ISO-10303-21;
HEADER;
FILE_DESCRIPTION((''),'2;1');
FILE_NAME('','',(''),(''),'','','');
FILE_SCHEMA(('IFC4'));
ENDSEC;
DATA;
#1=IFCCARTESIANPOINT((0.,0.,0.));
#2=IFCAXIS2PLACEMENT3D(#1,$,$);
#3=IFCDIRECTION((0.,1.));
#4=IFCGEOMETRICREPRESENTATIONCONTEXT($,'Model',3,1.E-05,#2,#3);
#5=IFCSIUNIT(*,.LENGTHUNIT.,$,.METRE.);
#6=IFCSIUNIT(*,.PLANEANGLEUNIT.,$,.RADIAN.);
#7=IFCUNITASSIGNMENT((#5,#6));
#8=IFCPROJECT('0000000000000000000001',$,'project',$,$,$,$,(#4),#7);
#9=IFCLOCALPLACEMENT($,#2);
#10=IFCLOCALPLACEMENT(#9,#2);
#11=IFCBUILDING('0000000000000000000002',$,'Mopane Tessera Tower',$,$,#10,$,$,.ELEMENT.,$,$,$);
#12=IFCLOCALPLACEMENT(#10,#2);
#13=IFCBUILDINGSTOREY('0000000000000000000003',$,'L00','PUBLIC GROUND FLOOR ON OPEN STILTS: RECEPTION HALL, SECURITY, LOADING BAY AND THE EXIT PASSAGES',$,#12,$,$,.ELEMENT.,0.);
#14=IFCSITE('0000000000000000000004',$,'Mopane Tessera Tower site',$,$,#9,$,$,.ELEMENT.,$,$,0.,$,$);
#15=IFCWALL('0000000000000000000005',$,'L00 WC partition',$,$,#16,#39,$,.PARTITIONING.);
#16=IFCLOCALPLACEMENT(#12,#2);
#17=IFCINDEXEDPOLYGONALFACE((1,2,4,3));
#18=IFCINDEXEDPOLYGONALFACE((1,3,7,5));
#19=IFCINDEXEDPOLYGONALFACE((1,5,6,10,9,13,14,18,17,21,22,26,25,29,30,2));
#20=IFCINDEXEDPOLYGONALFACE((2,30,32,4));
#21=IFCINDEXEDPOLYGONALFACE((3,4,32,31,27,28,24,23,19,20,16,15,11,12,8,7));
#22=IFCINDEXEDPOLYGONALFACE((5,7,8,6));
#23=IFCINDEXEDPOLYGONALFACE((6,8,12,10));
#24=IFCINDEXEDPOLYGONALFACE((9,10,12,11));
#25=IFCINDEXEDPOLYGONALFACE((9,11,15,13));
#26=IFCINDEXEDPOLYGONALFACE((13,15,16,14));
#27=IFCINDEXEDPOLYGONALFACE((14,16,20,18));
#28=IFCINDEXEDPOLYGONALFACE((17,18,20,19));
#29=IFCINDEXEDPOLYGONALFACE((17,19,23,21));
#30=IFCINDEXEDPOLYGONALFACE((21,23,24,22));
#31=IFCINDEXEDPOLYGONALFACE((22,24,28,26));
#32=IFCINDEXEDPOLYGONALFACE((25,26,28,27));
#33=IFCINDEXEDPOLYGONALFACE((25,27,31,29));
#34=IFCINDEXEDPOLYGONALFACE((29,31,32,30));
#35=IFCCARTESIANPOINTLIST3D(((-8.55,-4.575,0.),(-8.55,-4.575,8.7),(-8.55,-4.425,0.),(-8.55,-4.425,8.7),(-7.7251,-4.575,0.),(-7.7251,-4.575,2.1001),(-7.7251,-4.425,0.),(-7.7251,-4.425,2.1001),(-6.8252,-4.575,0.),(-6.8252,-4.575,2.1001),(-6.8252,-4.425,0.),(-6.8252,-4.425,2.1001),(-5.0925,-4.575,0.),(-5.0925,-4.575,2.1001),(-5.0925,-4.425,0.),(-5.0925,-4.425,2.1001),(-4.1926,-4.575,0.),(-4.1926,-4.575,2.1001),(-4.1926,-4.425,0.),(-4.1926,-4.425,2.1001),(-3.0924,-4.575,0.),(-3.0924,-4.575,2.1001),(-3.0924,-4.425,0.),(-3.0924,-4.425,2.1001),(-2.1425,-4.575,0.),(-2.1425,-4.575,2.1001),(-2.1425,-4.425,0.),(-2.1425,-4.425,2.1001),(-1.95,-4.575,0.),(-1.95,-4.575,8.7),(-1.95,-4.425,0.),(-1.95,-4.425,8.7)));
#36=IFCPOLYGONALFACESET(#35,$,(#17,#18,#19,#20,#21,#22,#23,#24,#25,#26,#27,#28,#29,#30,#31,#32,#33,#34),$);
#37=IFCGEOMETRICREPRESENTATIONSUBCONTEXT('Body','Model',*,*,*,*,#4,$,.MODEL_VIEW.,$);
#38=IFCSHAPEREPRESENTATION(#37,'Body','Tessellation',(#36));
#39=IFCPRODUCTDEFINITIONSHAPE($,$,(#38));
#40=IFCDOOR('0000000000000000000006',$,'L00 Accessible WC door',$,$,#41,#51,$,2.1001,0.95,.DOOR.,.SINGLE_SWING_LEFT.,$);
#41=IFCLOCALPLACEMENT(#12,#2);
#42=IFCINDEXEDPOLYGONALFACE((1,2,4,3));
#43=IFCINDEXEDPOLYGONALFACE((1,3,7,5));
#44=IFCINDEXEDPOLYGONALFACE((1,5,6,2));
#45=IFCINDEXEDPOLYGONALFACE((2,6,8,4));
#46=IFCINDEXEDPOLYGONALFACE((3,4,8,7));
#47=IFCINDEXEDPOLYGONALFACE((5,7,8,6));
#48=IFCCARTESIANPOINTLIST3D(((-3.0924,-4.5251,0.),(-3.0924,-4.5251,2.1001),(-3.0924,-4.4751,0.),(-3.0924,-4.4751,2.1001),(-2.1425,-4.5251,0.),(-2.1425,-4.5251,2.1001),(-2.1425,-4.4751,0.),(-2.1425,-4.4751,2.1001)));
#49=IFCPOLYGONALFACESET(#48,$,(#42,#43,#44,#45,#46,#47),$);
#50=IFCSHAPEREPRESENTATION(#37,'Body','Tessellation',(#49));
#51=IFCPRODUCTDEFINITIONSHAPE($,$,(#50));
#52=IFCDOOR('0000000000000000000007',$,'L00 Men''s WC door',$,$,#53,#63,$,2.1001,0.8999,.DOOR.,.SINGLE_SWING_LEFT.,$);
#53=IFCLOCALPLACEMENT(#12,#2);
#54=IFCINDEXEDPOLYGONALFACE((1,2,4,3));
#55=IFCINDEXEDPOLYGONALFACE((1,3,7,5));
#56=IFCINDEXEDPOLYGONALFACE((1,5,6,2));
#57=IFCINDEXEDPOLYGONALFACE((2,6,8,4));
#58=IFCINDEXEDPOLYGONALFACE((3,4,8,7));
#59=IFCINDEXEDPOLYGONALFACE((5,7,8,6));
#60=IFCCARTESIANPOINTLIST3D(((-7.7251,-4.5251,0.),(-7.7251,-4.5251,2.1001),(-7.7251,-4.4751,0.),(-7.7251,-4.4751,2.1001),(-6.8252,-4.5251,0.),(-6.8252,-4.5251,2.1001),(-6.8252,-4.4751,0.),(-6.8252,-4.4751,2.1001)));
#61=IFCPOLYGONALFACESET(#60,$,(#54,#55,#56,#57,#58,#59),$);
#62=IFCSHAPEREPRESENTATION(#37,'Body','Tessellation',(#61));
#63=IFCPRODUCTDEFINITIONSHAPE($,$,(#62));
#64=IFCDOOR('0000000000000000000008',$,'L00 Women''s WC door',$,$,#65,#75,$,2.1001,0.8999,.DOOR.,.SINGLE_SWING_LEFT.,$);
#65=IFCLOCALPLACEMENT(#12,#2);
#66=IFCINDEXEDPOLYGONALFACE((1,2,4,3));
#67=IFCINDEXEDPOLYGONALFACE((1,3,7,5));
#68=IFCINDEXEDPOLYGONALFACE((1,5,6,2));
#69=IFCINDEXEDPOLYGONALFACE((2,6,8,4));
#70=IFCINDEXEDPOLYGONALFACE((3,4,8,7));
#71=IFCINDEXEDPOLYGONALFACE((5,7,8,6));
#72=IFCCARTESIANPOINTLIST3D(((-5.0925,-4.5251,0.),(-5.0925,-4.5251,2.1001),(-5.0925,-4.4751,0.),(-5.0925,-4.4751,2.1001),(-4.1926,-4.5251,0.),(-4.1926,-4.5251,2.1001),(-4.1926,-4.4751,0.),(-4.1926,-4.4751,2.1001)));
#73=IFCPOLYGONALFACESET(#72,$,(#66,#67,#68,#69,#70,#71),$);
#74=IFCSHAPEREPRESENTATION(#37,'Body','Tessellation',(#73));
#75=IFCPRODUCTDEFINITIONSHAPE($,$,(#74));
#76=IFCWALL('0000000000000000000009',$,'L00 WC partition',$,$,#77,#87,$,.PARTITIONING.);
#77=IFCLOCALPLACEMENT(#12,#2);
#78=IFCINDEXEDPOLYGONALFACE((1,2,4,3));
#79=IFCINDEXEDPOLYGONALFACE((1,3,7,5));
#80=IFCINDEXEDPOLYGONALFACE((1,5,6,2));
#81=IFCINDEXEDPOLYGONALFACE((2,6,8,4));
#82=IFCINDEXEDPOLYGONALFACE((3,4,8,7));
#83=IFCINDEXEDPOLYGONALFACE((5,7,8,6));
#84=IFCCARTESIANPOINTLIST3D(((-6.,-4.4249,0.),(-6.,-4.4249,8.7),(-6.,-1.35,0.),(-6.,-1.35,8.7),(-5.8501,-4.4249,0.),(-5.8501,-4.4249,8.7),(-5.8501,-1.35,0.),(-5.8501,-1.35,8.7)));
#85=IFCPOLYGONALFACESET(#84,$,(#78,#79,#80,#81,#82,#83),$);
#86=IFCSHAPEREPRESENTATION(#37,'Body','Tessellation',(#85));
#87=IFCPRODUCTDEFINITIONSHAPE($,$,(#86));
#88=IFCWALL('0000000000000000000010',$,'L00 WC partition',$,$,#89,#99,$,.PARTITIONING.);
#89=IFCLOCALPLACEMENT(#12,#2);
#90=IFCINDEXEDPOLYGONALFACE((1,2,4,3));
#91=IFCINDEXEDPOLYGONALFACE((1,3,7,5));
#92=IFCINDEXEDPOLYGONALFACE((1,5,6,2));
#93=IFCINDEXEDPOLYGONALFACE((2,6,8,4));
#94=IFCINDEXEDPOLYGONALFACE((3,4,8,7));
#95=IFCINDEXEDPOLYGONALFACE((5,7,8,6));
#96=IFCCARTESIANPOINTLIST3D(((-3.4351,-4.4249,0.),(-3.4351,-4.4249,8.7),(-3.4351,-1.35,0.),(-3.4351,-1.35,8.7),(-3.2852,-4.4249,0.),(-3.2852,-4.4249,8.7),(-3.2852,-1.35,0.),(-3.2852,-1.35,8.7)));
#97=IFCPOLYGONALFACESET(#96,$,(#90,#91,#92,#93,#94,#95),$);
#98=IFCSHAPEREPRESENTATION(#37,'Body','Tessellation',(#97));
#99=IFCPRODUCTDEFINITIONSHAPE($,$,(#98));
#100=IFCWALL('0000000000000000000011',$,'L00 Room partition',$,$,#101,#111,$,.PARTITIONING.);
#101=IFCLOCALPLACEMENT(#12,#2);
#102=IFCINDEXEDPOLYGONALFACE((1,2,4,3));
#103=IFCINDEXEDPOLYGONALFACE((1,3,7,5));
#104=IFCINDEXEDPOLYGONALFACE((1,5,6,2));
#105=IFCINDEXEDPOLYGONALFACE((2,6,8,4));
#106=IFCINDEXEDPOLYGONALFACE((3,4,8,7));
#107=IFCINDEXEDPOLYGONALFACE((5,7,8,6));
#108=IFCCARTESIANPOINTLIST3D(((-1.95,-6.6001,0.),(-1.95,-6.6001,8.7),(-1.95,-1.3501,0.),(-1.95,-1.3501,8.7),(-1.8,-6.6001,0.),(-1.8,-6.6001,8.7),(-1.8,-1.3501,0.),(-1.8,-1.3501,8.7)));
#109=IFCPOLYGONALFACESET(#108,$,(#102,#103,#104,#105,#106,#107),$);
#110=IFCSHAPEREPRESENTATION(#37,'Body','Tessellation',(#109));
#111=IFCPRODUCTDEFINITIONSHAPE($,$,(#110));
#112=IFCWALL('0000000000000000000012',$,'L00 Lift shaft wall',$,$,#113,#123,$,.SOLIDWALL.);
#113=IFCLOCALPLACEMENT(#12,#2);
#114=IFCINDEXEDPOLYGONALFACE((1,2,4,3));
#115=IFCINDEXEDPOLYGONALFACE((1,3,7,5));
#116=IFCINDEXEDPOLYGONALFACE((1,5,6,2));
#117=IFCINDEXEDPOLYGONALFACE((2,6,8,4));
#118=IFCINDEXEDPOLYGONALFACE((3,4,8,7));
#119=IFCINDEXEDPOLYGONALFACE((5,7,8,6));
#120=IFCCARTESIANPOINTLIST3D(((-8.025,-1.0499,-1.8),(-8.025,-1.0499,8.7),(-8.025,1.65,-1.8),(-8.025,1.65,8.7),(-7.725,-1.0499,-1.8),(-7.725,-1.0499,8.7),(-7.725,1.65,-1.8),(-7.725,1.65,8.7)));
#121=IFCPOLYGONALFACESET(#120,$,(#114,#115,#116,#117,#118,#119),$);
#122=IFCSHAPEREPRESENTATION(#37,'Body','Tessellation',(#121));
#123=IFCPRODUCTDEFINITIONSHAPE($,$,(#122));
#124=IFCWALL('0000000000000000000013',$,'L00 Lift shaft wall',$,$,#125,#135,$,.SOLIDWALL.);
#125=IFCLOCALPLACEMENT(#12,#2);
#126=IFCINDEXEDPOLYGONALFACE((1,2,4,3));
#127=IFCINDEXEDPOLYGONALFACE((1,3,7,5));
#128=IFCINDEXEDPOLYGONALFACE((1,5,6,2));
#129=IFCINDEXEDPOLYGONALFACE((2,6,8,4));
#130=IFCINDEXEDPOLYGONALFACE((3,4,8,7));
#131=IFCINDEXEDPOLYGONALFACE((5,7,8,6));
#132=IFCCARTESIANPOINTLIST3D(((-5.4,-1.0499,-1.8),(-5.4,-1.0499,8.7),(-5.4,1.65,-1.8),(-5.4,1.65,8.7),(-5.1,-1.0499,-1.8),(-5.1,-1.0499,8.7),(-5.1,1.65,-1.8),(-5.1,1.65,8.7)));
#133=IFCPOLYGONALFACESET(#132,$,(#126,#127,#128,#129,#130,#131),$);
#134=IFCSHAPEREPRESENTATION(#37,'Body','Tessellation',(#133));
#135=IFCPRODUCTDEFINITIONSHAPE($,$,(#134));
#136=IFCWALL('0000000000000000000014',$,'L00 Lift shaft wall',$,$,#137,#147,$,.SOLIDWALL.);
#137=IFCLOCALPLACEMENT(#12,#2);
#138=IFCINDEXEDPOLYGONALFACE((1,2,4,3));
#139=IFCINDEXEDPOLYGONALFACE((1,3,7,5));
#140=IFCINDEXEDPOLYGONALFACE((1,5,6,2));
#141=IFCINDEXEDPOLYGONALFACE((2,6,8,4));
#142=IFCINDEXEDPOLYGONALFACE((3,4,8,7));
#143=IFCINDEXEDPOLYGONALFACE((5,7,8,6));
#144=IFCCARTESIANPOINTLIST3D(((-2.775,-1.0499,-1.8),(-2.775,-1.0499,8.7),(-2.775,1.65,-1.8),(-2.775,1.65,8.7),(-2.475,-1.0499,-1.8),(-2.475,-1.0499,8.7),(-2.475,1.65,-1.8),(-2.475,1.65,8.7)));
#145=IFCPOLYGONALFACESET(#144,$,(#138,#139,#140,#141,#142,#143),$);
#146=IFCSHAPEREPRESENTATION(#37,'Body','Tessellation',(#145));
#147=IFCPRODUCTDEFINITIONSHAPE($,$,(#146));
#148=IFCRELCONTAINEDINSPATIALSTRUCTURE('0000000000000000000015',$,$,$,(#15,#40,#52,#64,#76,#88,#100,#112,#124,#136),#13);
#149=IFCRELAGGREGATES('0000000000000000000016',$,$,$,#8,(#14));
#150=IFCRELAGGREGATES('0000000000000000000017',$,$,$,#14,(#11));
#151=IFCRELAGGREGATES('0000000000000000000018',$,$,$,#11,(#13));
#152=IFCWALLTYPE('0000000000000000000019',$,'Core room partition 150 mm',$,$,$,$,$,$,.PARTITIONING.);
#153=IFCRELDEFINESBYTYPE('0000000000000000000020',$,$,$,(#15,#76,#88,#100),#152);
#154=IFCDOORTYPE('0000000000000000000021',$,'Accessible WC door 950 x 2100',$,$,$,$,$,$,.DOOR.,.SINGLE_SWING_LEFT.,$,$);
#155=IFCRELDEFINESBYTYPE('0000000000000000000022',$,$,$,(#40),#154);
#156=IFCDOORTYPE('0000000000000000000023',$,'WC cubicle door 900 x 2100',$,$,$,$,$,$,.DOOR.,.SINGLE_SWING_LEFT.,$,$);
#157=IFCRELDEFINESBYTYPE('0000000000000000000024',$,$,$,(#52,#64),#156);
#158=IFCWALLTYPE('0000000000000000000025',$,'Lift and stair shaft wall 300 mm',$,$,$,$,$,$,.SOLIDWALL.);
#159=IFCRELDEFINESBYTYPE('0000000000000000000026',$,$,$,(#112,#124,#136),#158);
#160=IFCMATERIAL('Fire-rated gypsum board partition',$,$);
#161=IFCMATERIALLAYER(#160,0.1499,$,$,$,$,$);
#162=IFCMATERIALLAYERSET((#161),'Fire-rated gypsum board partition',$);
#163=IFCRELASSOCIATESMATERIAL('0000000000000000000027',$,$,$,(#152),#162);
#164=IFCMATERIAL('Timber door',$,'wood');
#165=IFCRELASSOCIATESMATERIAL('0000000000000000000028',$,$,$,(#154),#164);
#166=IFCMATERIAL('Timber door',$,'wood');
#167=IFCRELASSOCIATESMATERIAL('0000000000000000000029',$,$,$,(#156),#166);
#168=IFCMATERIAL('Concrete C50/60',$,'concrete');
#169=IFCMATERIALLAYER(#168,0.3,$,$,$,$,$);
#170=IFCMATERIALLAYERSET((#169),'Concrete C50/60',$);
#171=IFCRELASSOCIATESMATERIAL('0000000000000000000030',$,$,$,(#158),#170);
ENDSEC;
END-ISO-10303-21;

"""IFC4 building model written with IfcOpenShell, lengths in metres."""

from ifc_helpers import new_model, si_unit, direction, frame, frame_2d, origin, place, context, subcontext, project, spatial, rectangle, extrude, material, layer, layer_set, type_object, element, fill, save


model = new_model("IFC4")

# Units and contexts
model_context = context("Model", 3, precision=1e-05, world=origin(), true_north=direction((0.0, 1.0)))
body_context = subcontext(model_context, "Body", "Model", "MODEL_VIEW")
ifc_project = project(units=[si_unit("LENGTHUNIT", "METRE"), si_unit("PLANEANGLEUNIT", "RADIAN")], contexts=[model_context])

# Site, building, storey
site_placement = place(None, origin())
site = spatial("IfcSite", under=ifc_project, at=site_placement, Name="Mopane Tessera Tower site", CompositionType="ELEMENT", RefElevation=0.0)
building_placement = place(site_placement, origin())
building = spatial("IfcBuilding", under=site, at=building_placement, Name="Mopane Tessera Tower", CompositionType="ELEMENT")
storey_placement = place(building_placement, origin())
storey = spatial("IfcBuildingStorey", under=building, at=storey_placement, Name="L00", Description="PUBLIC GROUND FLOOR ON OPEN STILTS: RECEPTION HALL, SECURITY, LOADING BAY AND THE EXIT PASSAGES", CompositionType="ELEMENT", Elevation=0.0)

# Shared definitions
ifc_material_1 = material(Name="Fire-rated gypsum board partition")
ifc_layer_1 = layer(ifc_material_1, 0.1499)
ifc_layer_set_1 = layer_set([ifc_layer_1], Name="Fire-rated gypsum board partition")
wall_type_1 = type_object("IfcWallType", Name="Core room partition 150 mm", PredefinedType="PARTITIONING", material=ifc_layer_set_1)

# Wall, openings, doors
wall_1_placement = place(storey_placement, frame((-8.55, -4.5, 0.0), z_axis=(0.0, 0.0, 1.0), x_axis=(1.0, 0.0, 0.0)))
wall_1 = element("IfcWall", 1, at=wall_1_placement, inside=storey, type_object=wall_type_1, Name="L00 WC partition", PredefinedType="PARTITIONING", context=body_context, shape_type="SweptSolid", body=[
    extrude(rectangle(XDim=6.6001, YDim=0.1499, at=frame_2d((3.3, 0.0))), origin(), (0.0, 0.0, 1.0), 8.7),
])
opening_1_placement = place(wall_1_placement, frame((0.825, 0.0, 0.0)))
opening_1 = element("IfcOpeningElement", 2, at=opening_1_placement, cuts=wall_1, PredefinedType="OPENING", context=body_context, shape_type="SweptSolid", body=[
    extrude(rectangle(XDim=0.8999, YDim=2.1001, at=frame_2d((0.45, 1.05))), frame((0.0, 0.0869, 0.0), z_axis=(0.0, -1.0, 0.0), x_axis=(1.0, 0.0, 0.0)), (0.0, 0.0, 1.0), 0.1738),
])
opening_2_placement = place(wall_1_placement, frame((3.4575, 0.0, 0.0)))
opening_2 = element("IfcOpeningElement", 3, at=opening_2_placement, cuts=wall_1, PredefinedType="OPENING", context=body_context, shape_type="SweptSolid", body=[
    extrude(rectangle(XDim=0.8999, YDim=2.1001, at=frame_2d((0.45, 1.05))), frame((0.0, 0.0869, 0.0), z_axis=(0.0, -1.0, 0.0), x_axis=(1.0, 0.0, 0.0)), (0.0, 0.0, 1.0), 0.1738),
])
opening_3_placement = place(wall_1_placement, frame((5.4575, 0.0, 0.0)))
opening_3 = element("IfcOpeningElement", 4, at=opening_3_placement, cuts=wall_1, PredefinedType="OPENING", context=body_context, shape_type="SweptSolid", body=[
    extrude(rectangle(XDim=0.95, YDim=2.1001, at=frame_2d((0.4751, 1.05))), frame((0.0, 0.0869, 0.0), z_axis=(0.0, -1.0, 0.0), x_axis=(1.0, 0.0, 0.0)), (0.0, 0.0, 1.0), 0.1738),
])
ifc_material_2 = material(Name="Timber door", Category="wood")
door_type_1 = type_object("IfcDoorType", Name="Accessible WC door 950 x 2100", OperationType="SINGLE_SWING_LEFT", PredefinedType="DOOR", material=ifc_material_2)
door_1_placement = place(opening_3_placement, origin())
door_1 = element("IfcDoor", 5, at=door_1_placement, inside=storey, type_object=door_type_1, Name="L00 Accessible WC door", OperationType="SINGLE_SWING_LEFT", OverallHeight=2.1001, OverallWidth=0.95, PredefinedType="DOOR", context=body_context, shape_type="SweptSolid", body=[
    extrude(rectangle(XDim=0.95, YDim=2.1001, at=frame_2d((0.4751, 1.05))), frame((0.0, 0.0249, 0.0), z_axis=(0.0, -1.0, 0.0), x_axis=(1.0, 0.0, 0.0)), (0.0, 0.0, 1.0), 0.05),
])
fill(opening_3, door_1)
ifc_material_3 = material(Name="Timber door", Category="wood")
door_type_2 = type_object("IfcDoorType", Name="WC cubicle door 900 x 2100", OperationType="SINGLE_SWING_LEFT", PredefinedType="DOOR", material=ifc_material_3)
door_2_placement = place(opening_1_placement, origin())
door_2 = element("IfcDoor", 6, at=door_2_placement, inside=storey, type_object=door_type_2, Name="L00 Men's WC door", OperationType="SINGLE_SWING_LEFT", OverallHeight=2.1001, OverallWidth=0.8999, PredefinedType="DOOR", context=body_context, shape_type="SweptSolid", body=[
    extrude(rectangle(XDim=0.8999, YDim=2.1001, at=frame_2d((0.45, 1.05))), frame((0.0, 0.0249, 0.0), z_axis=(0.0, -1.0, 0.0), x_axis=(1.0, 0.0, 0.0)), (0.0, 0.0, 1.0), 0.05),
])
fill(opening_1, door_2)
door_3_placement = place(opening_2_placement, origin())
door_3 = element("IfcDoor", 7, at=door_3_placement, inside=storey, type_object=door_type_2, Name="L00 Women's WC door", OperationType="SINGLE_SWING_LEFT", OverallHeight=2.1001, OverallWidth=0.8999, PredefinedType="DOOR", context=body_context, shape_type="SweptSolid", body=[
    extrude(rectangle(XDim=0.8999, YDim=2.1001, at=frame_2d((0.45, 1.05))), frame((0.0, 0.0249, 0.0), z_axis=(0.0, -1.0, 0.0), x_axis=(1.0, 0.0, 0.0)), (0.0, 0.0, 1.0), 0.05),
])
fill(opening_2, door_3)

# Walls
for number, where, z_axis, x_axis, name in (
    (8, (-5.925, -4.425, 0.0), (0.0, 0.0, 1.0), (0.0, 1.0, 0.0), "L00 WC partition"),
    (9, (-3.3601, -4.425, 0.0), (0.0, 0.0, 1.0), (0.0, 1.0, 0.0), "L00 WC partition"),
):
    element("IfcWall", number, at=place(storey_placement, frame(where, z_axis=z_axis, x_axis=x_axis)), inside=storey, type_object=wall_type_1, Name=name, PredefinedType="PARTITIONING", context=body_context, shape_type="SweptSolid", body=[
        extrude(rectangle(XDim=3.075, YDim=0.1499, at=frame_2d((1.5376, 0.0))), origin(), (0.0, 0.0, 1.0), 8.7),
    ])
wall_2_placement = place(storey_placement, frame((-1.875, -6.6001, 0.0), z_axis=(0.0, 0.0, 1.0), x_axis=(0.0, 1.0, 0.0)))
element("IfcWall", 10, at=wall_2_placement, inside=storey, type_object=wall_type_1, Name="L00 Room partition", PredefinedType="PARTITIONING", context=body_context, shape_type="SweptSolid", body=[
    extrude(rectangle(XDim=5.25, YDim=0.1499, at=frame_2d((2.625, 0.0))), origin(), (0.0, 0.0, 1.0), 8.7),
])
ifc_material_4 = material(Name="Concrete C50/60", Category="concrete")
ifc_layer_2 = layer(ifc_material_4, 0.3)
ifc_layer_set_2 = layer_set([ifc_layer_2], Name="Concrete C50/60")
wall_type_2 = type_object("IfcWallType", Name="Lift and stair shaft wall 300 mm", PredefinedType="SOLIDWALL", material=ifc_layer_set_2)
for number, where, z_axis, x_axis, name in (
    (11, (-7.875, -1.05, -1.8), (0.0, 0.0, 1.0), (0.0, 1.0, 0.0), "L00 Lift shaft wall"),
    (12, (-5.25, -1.05, -1.8), (0.0, 0.0, 1.0), (0.0, 1.0, 0.0), "L00 Lift shaft wall"),
    (13, (-2.625, -1.05, -1.8), (0.0, 0.0, 1.0), (0.0, 1.0, 0.0), "L00 Lift shaft wall"),
):
    element("IfcWall", number, at=place(storey_placement, frame(where, z_axis=z_axis, x_axis=x_axis)), inside=storey, type_object=wall_type_2, Name=name, PredefinedType="SOLIDWALL", context=body_context, shape_type="SweptSolid", body=[
        extrude(rectangle(XDim=2.7, YDim=0.3, at=frame_2d((1.3501, 0.0))), origin(), (0.0, 0.0, 1.0), 10.5),
    ])

save(model, "model.ifc")
